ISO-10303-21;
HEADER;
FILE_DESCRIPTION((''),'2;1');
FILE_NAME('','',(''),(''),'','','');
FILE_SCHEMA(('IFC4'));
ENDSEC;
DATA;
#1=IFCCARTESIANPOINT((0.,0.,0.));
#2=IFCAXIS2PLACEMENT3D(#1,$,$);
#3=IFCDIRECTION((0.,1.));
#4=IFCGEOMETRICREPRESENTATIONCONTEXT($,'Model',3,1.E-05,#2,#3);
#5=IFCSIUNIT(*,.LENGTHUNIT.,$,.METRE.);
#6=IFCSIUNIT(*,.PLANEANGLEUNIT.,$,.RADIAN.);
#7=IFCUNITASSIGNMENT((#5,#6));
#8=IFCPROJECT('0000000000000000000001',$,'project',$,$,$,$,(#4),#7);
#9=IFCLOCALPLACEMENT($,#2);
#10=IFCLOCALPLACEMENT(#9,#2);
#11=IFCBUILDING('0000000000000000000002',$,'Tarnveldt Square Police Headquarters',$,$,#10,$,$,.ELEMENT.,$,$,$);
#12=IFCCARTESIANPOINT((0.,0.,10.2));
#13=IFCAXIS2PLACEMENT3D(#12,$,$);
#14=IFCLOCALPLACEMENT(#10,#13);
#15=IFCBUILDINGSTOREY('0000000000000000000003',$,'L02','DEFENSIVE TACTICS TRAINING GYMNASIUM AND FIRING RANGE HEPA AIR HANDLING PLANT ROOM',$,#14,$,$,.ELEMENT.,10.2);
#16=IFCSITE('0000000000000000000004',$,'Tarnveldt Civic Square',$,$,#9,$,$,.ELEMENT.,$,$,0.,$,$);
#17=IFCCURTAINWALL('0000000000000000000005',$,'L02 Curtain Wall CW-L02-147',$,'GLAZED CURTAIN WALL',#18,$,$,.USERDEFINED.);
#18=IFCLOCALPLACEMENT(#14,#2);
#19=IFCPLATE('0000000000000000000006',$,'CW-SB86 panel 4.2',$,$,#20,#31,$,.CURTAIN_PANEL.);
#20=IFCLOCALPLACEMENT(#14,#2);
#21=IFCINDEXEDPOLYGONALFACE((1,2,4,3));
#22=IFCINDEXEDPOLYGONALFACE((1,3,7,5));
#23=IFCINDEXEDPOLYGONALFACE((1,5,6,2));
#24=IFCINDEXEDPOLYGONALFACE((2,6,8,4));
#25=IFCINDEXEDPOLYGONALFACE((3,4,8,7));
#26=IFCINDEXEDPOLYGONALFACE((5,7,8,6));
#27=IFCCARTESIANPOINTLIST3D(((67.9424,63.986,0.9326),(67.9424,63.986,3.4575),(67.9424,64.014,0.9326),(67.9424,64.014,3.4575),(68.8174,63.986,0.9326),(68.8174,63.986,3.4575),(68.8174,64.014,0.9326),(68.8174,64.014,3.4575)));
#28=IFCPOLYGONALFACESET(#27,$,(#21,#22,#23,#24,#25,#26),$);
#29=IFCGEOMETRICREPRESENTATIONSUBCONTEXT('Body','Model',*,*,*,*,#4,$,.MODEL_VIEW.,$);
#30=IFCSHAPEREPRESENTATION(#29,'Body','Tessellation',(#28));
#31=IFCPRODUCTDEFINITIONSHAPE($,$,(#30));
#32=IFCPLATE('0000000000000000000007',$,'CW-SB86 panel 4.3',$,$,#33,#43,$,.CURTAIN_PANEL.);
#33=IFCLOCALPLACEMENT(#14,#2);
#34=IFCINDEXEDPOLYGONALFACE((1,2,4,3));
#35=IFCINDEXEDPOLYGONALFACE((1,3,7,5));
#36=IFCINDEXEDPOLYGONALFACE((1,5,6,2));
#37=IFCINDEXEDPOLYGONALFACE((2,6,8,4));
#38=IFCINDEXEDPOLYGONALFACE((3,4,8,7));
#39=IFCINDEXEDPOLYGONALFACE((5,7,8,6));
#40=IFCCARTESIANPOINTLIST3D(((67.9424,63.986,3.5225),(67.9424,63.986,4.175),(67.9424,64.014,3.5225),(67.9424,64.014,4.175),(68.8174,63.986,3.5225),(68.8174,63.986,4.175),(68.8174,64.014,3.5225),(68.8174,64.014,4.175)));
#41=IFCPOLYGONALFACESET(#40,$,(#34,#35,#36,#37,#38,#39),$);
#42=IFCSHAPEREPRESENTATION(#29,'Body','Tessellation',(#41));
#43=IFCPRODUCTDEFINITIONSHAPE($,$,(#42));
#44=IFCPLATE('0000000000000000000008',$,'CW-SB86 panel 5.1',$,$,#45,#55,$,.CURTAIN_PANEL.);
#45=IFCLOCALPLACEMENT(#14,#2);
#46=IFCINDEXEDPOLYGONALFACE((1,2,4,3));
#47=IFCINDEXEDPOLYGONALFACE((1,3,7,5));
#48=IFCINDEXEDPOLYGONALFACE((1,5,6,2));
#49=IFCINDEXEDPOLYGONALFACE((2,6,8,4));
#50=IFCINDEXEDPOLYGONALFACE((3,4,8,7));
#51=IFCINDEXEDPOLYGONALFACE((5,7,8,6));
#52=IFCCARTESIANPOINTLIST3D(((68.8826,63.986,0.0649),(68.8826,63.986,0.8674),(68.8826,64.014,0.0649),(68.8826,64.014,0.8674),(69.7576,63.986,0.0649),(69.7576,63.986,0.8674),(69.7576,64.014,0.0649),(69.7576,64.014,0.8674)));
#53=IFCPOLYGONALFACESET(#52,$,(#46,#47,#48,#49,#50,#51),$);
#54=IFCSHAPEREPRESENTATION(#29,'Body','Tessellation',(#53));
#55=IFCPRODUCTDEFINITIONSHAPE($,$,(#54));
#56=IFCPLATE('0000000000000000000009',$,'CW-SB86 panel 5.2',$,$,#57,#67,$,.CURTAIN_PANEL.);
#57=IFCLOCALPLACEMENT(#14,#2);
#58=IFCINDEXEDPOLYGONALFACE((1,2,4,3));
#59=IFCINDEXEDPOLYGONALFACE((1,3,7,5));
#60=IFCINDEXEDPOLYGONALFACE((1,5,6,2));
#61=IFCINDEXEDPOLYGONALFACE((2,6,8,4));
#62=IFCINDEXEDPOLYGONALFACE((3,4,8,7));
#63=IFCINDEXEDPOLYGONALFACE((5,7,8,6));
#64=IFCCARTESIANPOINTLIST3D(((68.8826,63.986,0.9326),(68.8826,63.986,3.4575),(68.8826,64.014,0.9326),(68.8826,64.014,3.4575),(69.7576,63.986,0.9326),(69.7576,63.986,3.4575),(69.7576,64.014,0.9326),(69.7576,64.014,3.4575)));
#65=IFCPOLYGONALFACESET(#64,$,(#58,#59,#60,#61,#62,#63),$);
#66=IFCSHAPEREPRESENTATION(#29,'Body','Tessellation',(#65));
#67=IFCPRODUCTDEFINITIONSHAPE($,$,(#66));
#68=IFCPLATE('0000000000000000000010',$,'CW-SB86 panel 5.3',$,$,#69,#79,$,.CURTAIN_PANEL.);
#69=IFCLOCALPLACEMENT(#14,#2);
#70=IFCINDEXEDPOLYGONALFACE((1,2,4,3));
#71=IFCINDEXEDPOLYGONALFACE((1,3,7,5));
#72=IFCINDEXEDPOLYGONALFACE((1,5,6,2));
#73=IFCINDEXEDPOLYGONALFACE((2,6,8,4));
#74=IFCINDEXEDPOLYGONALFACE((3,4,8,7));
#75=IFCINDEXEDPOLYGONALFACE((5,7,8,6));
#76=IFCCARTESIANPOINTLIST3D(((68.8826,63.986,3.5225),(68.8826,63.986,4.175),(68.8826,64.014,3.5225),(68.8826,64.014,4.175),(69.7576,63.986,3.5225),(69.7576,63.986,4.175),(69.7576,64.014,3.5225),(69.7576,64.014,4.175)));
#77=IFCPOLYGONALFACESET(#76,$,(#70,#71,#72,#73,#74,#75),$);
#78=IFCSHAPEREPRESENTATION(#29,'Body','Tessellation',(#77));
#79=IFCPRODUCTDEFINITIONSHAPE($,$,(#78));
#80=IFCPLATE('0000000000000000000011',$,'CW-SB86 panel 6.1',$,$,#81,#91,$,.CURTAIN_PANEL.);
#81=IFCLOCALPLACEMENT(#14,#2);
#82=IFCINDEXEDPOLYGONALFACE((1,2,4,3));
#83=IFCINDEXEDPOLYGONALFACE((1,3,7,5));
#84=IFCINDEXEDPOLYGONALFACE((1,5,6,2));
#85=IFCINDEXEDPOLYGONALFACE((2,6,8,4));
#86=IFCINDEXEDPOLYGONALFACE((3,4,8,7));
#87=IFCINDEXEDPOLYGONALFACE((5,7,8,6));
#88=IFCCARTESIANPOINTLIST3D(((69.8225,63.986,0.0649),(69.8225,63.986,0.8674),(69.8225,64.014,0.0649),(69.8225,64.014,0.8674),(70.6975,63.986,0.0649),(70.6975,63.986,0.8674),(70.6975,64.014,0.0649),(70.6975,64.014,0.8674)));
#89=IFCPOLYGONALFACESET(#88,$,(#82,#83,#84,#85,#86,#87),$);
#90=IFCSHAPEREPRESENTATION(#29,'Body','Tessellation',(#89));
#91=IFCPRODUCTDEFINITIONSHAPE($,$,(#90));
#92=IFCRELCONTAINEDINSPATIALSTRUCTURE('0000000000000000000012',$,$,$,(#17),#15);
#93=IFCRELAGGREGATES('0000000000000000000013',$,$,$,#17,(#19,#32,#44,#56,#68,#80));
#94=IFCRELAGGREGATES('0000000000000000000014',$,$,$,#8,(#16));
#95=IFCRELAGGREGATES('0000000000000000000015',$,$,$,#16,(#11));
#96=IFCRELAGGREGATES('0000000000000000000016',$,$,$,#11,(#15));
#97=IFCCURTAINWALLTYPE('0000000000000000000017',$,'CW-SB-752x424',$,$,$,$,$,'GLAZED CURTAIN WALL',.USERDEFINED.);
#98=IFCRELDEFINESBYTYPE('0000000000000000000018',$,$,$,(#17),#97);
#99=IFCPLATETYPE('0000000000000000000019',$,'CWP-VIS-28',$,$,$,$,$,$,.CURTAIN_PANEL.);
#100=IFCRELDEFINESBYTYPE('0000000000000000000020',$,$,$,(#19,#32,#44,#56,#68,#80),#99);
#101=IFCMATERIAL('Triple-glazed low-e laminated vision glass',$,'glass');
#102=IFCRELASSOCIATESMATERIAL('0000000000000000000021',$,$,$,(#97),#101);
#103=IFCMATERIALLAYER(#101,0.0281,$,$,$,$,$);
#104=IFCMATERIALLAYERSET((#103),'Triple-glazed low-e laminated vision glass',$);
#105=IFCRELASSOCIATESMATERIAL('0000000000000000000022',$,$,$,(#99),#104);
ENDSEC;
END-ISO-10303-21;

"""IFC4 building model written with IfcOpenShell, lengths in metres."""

from ifc_helpers import new_model, si_unit, direction, frame, origin, origin_2d, place, context, subcontext, project, spatial, rectangle, extrude, material, layer, layer_set, type_object, element, aggregate, save


model = new_model("IFC4")

# Units and contexts
model_context = context("Model", 3, precision=1e-05, world=origin(), true_north=direction((0.0, 1.0)))
body_context = subcontext(model_context, "Body", "Model", "MODEL_VIEW")
ifc_project = project(units=[si_unit("LENGTHUNIT", "METRE"), si_unit("PLANEANGLEUNIT", "RADIAN")], contexts=[model_context])

# Site, building, storey
site_placement = place(None, origin())
site = spatial("IfcSite", under=ifc_project, at=site_placement, Name="Tarnveldt Civic Square", CompositionType="ELEMENT", RefElevation=0.0)
building_placement = place(site_placement, origin())
building = spatial("IfcBuilding", under=site, at=building_placement, Name="Tarnveldt Square Police Headquarters", CompositionType="ELEMENT")
storey_placement = place(building_placement, frame((0.0, 0.0, 10.2)))
storey = spatial("IfcBuildingStorey", under=building, at=storey_placement, Name="L02", Description="DEFENSIVE TACTICS TRAINING GYMNASIUM AND FIRING RANGE HEPA AIR HANDLING PLANT ROOM", CompositionType="ELEMENT", Elevation=10.2)

# Curtain wall, plates
ifc_material_1 = material(Name="Triple-glazed low-e laminated vision glass", Category="glass")
curtain_wall_type = type_object("IfcCurtainWallType", Name="CW-SB-752x424", ElementType="GLAZED CURTAIN WALL", PredefinedType="USERDEFINED", material=ifc_material_1)
curtain_wall_placement = place(storey_placement, origin())
curtain_wall = element("IfcCurtainWall", 1, at=curtain_wall_placement, inside=storey, type_object=curtain_wall_type, Name="L02 Curtain Wall CW-L02-147", ObjectType="GLAZED CURTAIN WALL", PredefinedType="USERDEFINED")
ifc_layer = layer(ifc_material_1, 0.0281)
ifc_layer_set = layer_set([ifc_layer], Name="Triple-glazed low-e laminated vision glass")
plate_type = type_object("IfcPlateType", Name="CWP-VIS-28", PredefinedType="CURTAIN_PANEL", material=ifc_layer_set)
plate_1_placement = place(storey_placement, frame((68.3799, 64.0, 0.9326), z_axis=(0.0, 0.0, 1.0), x_axis=(1.0, 0.0, 0.0)))
plate_1 = element("IfcPlate", 2, at=plate_1_placement, type_object=plate_type, Name="CW-SB86 panel 4.2", PredefinedType="CURTAIN_PANEL", context=body_context, shape_type="SweptSolid", body=[
    extrude(rectangle(XDim=0.875, YDim=0.0281, at=origin_2d()), origin(), (0.0, 0.0, 1.0), 2.5249),
])
plate_2_placement = place(storey_placement, frame((68.3799, 64.0, 3.5225), z_axis=(0.0, 0.0, 1.0), x_axis=(1.0, 0.0, 0.0)))
plate_2 = element("IfcPlate", 3, at=plate_2_placement, type_object=plate_type, Name="CW-SB86 panel 4.3", PredefinedType="CURTAIN_PANEL", context=body_context, shape_type="SweptSolid", body=[
    extrude(rectangle(XDim=0.875, YDim=0.0281, at=origin_2d()), origin(), (0.0, 0.0, 1.0), 0.6526),
])
plate_3_placement = place(storey_placement, frame((69.3201, 64.0, 0.0649), z_axis=(0.0, 0.0, 1.0), x_axis=(1.0, 0.0, 0.0)))
plate_3 = element("IfcPlate", 4, at=plate_3_placement, type_object=plate_type, Name="CW-SB86 panel 5.1", PredefinedType="CURTAIN_PANEL", context=body_context, shape_type="SweptSolid", body=[
    extrude(rectangle(XDim=0.875, YDim=0.0281, at=origin_2d()), origin(), (0.0, 0.0, 1.0), 0.8025),
])
plate_4_placement = place(storey_placement, frame((69.3201, 64.0, 0.9326), z_axis=(0.0, 0.0, 1.0), x_axis=(1.0, 0.0, 0.0)))
plate_4 = element("IfcPlate", 5, at=plate_4_placement, type_object=plate_type, Name="CW-SB86 panel 5.2", PredefinedType="CURTAIN_PANEL", context=body_context, shape_type="SweptSolid", body=[
    extrude(rectangle(XDim=0.875, YDim=0.0281, at=origin_2d()), origin(), (0.0, 0.0, 1.0), 2.5249),
])
plate_5_placement = place(storey_placement, frame((69.3201, 64.0, 3.5225), z_axis=(0.0, 0.0, 1.0), x_axis=(1.0, 0.0, 0.0)))
plate_5 = element("IfcPlate", 6, at=plate_5_placement, type_object=plate_type, Name="CW-SB86 panel 5.3", PredefinedType="CURTAIN_PANEL", context=body_context, shape_type="SweptSolid", body=[
    extrude(rectangle(XDim=0.875, YDim=0.0281, at=origin_2d()), origin(), (0.0, 0.0, 1.0), 0.6526),
])
plate_6_placement = place(storey_placement, frame((70.26, 64.0, 0.0649), z_axis=(0.0, 0.0, 1.0), x_axis=(1.0, 0.0, 0.0)))
plate_6 = element("IfcPlate", 7, at=plate_6_placement, type_object=plate_type, Name="CW-SB86 panel 6.1", PredefinedType="CURTAIN_PANEL", context=body_context, shape_type="SweptSolid", body=[
    extrude(rectangle(XDim=0.875, YDim=0.0281, at=origin_2d()), origin(), (0.0, 0.0, 1.0), 0.8025),
])
aggregate(curtain_wall, [plate_1, plate_2, plate_3, plate_4, plate_5, plate_6])

save(model, "model.ifc")
